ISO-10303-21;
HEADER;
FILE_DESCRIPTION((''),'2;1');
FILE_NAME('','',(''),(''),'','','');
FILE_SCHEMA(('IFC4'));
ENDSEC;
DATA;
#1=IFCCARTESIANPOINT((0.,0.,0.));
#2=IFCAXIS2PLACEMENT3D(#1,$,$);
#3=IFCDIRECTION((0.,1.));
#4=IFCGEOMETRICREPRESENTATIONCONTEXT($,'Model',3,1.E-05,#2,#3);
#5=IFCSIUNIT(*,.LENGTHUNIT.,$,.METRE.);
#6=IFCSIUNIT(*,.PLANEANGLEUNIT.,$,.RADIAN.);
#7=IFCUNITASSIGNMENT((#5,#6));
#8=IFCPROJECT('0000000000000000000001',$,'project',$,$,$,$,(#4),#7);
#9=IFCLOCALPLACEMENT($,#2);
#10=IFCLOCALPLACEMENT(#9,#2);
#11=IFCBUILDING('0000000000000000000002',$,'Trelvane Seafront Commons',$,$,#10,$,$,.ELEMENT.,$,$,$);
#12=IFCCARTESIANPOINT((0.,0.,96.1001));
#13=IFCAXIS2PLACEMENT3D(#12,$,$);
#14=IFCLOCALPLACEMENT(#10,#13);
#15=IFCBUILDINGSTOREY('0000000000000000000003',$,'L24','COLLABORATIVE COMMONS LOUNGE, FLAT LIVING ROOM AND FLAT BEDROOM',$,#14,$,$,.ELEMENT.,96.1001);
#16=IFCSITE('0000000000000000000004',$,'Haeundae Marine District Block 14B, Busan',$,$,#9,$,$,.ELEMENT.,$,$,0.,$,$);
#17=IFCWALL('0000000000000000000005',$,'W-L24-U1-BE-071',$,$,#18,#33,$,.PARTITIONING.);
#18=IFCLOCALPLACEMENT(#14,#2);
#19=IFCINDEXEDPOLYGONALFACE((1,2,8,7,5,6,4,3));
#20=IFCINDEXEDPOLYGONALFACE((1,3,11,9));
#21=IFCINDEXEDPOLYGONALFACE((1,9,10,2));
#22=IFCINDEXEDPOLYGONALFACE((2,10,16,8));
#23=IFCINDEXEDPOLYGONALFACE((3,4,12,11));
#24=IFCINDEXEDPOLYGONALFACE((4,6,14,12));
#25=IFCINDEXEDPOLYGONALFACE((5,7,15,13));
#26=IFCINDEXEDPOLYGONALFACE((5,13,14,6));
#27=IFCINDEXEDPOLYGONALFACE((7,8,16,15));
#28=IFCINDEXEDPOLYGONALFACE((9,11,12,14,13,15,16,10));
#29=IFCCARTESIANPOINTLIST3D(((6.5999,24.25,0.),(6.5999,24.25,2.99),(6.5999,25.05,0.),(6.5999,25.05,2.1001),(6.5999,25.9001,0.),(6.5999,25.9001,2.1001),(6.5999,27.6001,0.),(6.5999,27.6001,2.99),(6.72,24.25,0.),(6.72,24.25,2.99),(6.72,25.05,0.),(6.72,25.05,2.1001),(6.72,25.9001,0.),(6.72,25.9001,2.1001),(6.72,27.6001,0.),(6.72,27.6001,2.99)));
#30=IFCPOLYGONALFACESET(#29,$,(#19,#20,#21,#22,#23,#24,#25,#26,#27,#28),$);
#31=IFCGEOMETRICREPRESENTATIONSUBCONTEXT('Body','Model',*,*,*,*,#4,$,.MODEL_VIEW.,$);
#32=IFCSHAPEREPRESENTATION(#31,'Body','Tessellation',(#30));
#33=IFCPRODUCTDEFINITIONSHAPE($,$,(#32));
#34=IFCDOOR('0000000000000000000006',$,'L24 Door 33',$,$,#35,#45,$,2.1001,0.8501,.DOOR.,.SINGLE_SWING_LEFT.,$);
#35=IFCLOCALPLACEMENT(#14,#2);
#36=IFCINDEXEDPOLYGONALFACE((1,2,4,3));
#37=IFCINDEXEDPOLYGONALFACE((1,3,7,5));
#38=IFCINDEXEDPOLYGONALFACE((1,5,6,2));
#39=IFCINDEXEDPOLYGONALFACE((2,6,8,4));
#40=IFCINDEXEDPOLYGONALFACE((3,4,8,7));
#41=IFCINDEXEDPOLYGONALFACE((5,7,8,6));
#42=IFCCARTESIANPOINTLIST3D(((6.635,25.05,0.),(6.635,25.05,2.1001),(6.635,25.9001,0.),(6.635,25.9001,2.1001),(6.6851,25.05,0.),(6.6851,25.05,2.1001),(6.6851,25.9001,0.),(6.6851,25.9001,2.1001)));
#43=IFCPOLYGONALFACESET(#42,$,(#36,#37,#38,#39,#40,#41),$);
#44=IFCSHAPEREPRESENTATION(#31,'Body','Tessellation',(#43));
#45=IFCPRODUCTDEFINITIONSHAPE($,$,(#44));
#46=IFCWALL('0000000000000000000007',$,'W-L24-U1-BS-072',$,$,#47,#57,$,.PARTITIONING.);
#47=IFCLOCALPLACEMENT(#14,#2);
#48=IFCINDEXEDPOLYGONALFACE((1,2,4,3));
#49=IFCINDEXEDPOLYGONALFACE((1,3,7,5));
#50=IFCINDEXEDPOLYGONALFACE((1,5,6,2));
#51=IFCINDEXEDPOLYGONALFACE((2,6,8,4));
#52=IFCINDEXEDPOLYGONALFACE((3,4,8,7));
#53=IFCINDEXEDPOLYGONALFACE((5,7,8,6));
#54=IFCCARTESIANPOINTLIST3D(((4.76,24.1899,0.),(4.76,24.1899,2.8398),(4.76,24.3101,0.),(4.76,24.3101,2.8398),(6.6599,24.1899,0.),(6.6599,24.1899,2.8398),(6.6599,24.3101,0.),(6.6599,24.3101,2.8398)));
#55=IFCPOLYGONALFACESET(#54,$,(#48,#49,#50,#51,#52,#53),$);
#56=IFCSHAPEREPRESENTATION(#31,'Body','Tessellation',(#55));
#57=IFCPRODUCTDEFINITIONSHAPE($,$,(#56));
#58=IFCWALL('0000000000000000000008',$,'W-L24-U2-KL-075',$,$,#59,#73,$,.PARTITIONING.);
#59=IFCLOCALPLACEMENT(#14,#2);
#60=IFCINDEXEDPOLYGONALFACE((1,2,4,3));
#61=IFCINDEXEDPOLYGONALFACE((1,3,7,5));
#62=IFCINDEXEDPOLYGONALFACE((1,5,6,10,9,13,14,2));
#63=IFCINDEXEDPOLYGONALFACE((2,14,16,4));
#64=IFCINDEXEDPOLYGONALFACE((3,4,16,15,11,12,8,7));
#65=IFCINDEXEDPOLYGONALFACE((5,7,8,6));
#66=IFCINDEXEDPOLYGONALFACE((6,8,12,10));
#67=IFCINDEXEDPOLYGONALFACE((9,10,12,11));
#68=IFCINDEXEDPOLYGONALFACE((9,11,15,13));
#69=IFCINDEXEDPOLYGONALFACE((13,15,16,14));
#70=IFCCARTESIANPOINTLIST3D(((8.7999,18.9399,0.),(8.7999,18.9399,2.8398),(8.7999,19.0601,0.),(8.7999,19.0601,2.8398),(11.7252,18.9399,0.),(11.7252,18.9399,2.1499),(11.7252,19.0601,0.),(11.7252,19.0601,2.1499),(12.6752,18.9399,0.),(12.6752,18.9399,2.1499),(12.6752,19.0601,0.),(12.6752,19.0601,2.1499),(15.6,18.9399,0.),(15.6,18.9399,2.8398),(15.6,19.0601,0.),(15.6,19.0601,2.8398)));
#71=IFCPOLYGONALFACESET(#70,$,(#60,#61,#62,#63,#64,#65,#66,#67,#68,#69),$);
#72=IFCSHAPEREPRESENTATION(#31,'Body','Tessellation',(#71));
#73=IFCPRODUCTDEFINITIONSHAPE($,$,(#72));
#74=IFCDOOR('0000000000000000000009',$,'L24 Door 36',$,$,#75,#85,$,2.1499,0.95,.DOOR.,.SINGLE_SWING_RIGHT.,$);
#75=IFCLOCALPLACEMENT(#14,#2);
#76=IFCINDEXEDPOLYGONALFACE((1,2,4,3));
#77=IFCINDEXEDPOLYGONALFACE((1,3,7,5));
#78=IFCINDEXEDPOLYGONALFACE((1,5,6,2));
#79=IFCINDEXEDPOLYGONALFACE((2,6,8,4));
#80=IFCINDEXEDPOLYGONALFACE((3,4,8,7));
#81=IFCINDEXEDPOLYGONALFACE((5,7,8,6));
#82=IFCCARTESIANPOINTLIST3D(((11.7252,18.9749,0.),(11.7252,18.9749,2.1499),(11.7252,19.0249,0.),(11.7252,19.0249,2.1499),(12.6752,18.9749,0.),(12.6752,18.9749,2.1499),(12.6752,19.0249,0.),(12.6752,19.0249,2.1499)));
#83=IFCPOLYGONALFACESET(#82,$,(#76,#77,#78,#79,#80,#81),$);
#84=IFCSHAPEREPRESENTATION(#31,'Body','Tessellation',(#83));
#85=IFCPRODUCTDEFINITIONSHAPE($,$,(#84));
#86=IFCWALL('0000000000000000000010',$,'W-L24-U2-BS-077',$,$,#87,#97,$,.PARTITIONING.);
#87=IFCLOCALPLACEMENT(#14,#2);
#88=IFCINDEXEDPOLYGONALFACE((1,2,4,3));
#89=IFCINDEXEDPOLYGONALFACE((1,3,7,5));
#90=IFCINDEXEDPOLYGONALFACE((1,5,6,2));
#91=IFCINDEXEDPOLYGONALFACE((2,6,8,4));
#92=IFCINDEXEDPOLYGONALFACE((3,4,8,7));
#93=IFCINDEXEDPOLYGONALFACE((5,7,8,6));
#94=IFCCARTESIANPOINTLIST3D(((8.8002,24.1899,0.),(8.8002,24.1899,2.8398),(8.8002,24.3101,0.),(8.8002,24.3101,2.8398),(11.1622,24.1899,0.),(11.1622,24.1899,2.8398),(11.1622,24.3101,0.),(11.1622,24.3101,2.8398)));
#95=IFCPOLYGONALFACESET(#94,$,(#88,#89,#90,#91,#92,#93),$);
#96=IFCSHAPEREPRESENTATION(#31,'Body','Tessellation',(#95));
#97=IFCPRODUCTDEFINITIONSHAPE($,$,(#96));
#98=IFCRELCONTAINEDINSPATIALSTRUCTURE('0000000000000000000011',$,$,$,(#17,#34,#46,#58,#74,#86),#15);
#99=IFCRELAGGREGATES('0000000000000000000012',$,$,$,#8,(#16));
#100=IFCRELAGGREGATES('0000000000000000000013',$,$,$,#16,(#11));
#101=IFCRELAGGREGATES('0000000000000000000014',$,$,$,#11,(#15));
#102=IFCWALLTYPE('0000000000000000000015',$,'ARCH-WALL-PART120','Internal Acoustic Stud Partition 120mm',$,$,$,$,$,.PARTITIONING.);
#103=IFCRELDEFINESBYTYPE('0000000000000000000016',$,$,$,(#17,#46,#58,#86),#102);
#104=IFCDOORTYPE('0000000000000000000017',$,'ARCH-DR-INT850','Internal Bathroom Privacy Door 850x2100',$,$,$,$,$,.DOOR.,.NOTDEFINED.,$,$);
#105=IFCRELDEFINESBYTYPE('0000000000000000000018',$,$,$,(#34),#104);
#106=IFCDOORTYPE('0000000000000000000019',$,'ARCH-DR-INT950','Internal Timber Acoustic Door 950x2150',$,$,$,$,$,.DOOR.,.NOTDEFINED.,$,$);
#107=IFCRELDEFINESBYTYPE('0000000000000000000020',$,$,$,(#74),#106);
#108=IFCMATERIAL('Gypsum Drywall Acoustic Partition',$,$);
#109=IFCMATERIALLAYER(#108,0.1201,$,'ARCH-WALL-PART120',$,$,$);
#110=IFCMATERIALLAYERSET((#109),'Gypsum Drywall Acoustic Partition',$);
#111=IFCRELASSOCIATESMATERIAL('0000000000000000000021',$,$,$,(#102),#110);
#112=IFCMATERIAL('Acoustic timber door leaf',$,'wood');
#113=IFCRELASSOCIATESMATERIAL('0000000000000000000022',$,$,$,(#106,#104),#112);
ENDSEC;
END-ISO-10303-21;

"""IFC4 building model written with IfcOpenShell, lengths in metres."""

from ifc_helpers import new_model, si_unit, direction, frame, frame_2d, origin, place, context, subcontext, project, spatial, rectangle, extrude, source, transform, mapped, material, layer, layer_set, type_object, element, fill, save


model = new_model("IFC4")

# Units and contexts
model_context = context("Model", 3, precision=1e-05, world=origin(), true_north=direction((0.0, 1.0)))
body_context = subcontext(model_context, "Body", "Model", "MODEL_VIEW")
ifc_project = project(units=[si_unit("LENGTHUNIT", "METRE"), si_unit("PLANEANGLEUNIT", "RADIAN")], contexts=[model_context])

# Site, building, storey
site_placement = place(None, origin())
site = spatial("IfcSite", under=ifc_project, at=site_placement, Name="Haeundae Marine District Block 14B, Busan", CompositionType="ELEMENT", RefElevation=0.0)
building_placement = place(site_placement, origin())
building = spatial("IfcBuilding", under=site, at=building_placement, Name="Trelvane Seafront Commons", CompositionType="ELEMENT")
storey_placement = place(building_placement, frame((0.0, 0.0, 96.1001)))
storey = spatial("IfcBuildingStorey", under=building, at=storey_placement, Name="L24", Description="COLLABORATIVE COMMONS LOUNGE, FLAT LIVING ROOM AND FLAT BEDROOM", CompositionType="ELEMENT", Elevation=96.1001)

# Wall, opening, door
ifc_material_1 = material(Name="Gypsum Drywall Acoustic Partition")
ifc_layer = layer(ifc_material_1, 0.1201, Name="ARCH-WALL-PART120")
ifc_layer_set = layer_set([ifc_layer], Name="Gypsum Drywall Acoustic Partition")
wall_type = type_object("IfcWallType", Name="ARCH-WALL-PART120", Description="Internal Acoustic Stud Partition 120mm", PredefinedType="PARTITIONING", material=ifc_layer_set)
ifc_material_2 = material(Name="Acoustic timber door leaf", Category="wood")
door_type_1 = type_object("IfcDoorType", Name="ARCH-DR-INT950", Description="Internal Timber Acoustic Door 950x2150", OperationType="NOTDEFINED", PredefinedType="DOOR", material=ifc_material_2)
shared_shape_1 = source(origin(), body_context, "Body", "SweptSolid", [
    extrude(rectangle(XDim=0.95, YDim=2.1499, at=frame_2d((0.4751, 1.075))), frame((0.0, 0.0249, 0.0), z_axis=(0.0, -1.0, 0.0), x_axis=(1.0, 0.0, 0.0)), (0.0, 0.0, 1.0), 0.05),
])
wall_1_placement = place(storey_placement, frame((6.6599, 24.25, 0.0), z_axis=(0.0, 0.0, 1.0), x_axis=(0.0, 1.0, 0.0)))
wall_1 = element("IfcWall", 1, at=wall_1_placement, inside=storey, type_object=wall_type, Name="W-L24-U1-BE-071", PredefinedType="PARTITIONING", context=body_context, shape_type="SweptSolid", body=[
    extrude(rectangle(XDim=3.3501, YDim=0.1201, at=frame_2d((1.675, 0.0))), origin(), (0.0, 0.0, 1.0), 2.99),
])
opening_1_placement = place(wall_1_placement, frame((0.8, 0.0, 0.0)))
opening_1 = element("IfcOpeningElement", 2, at=opening_1_placement, cuts=wall_1, PredefinedType="OPENING", context=body_context, shape_type="SweptSolid", body=[
    extrude(rectangle(XDim=0.8501, YDim=2.1001, at=frame_2d((0.425, 1.05))), frame((0.0, 0.0701, 0.0), z_axis=(0.0, -1.0, 0.0), x_axis=(1.0, 0.0, 0.0)), (0.0, 0.0, 1.0), 0.1401),
])
door_type_2 = type_object("IfcDoorType", Name="ARCH-DR-INT850", Description="Internal Bathroom Privacy Door 850x2100", OperationType="NOTDEFINED", PredefinedType="DOOR", material=ifc_material_2)
shared_shape_2 = source(origin(), body_context, "Body", "SweptSolid", [
    extrude(rectangle(XDim=0.8501, YDim=2.1001, at=frame_2d((0.425, 1.05))), frame((0.0, 0.0249, 0.0), z_axis=(0.0, -1.0, 0.0), x_axis=(1.0, 0.0, 0.0)), (0.0, 0.0, 1.0), 0.05),
])
door_1_placement = place(opening_1_placement, origin())
door_1 = element("IfcDoor", 3, at=door_1_placement, inside=storey, type_object=door_type_2, Name="L24 Door 33", OperationType="SINGLE_SWING_LEFT", OverallHeight=2.1001, OverallWidth=0.8501, PredefinedType="DOOR", context=body_context, shape_type="MappedRepresentation", body=[
    mapped(shared_shape_2, transform((0.0, 0.0, 0.0), x_axis=(1.0, 0.0, 0.0), y_axis=(0.0, 1.0, 0.0), z_axis=(0.0, 0.0, 1.0), scale=1.0)),
])
fill(opening_1, door_1)

# Wall
wall_2_placement = place(storey_placement, frame((4.76, 24.25, 0.0), z_axis=(0.0, 0.0, 1.0), x_axis=(1.0, 0.0, 0.0)))
element("IfcWall", 4, at=wall_2_placement, inside=storey, type_object=wall_type, Name="W-L24-U1-BS-072", PredefinedType="PARTITIONING", context=body_context, shape_type="SweptSolid", body=[
    extrude(rectangle(XDim=1.8999, YDim=0.1201, at=frame_2d((0.95, 0.0))), origin(), (0.0, 0.0, 1.0), 2.8398),
])

# Wall, opening, door
wall_3_placement = place(storey_placement, frame((8.8, 19.0, 0.0), z_axis=(0.0, 0.0, 1.0), x_axis=(1.0, 0.0, 0.0)))
wall_3 = element("IfcWall", 5, at=wall_3_placement, inside=storey, type_object=wall_type, Name="W-L24-U2-KL-075", PredefinedType="PARTITIONING", context=body_context, shape_type="SweptSolid", body=[
    extrude(rectangle(XDim=6.8, YDim=0.1201, at=frame_2d((3.3999, 0.0))), origin(), (0.0, 0.0, 1.0), 2.8398),
])
opening_2_placement = place(wall_3_placement, frame((2.925, 0.0, 0.0)))
opening_2 = element("IfcOpeningElement", 6, at=opening_2_placement, cuts=wall_3, PredefinedType="OPENING", context=body_context, shape_type="SweptSolid", body=[
    extrude(rectangle(XDim=0.95, YDim=2.1499, at=frame_2d((0.4751, 1.075))), frame((0.0, 0.0701, 0.0), z_axis=(0.0, -1.0, 0.0), x_axis=(1.0, 0.0, 0.0)), (0.0, 0.0, 1.0), 0.1401),
])
door_2_placement = place(opening_2_placement, origin())
door_2 = element("IfcDoor", 7, at=door_2_placement, inside=storey, type_object=door_type_1, Name="L24 Door 36", OperationType="SINGLE_SWING_RIGHT", OverallHeight=2.1499, OverallWidth=0.95, PredefinedType="DOOR", context=body_context, shape_type="MappedRepresentation", body=[
    mapped(shared_shape_1, transform((0.0, 0.0, 0.0), x_axis=(1.0, 0.0, 0.0), y_axis=(0.0, 1.0, 0.0), z_axis=(0.0, 0.0, 1.0), scale=1.0)),
])
fill(opening_2, door_2)

# Wall
wall_4_placement = place(storey_placement, frame((8.8, 24.25, 0.0), z_axis=(0.0, 0.0, 1.0), x_axis=(1.0, 0.0, 0.0)))
element("IfcWall", 8, at=wall_4_placement, inside=storey, type_object=wall_type, Name="W-L24-U2-BS-077", PredefinedType="PARTITIONING", context=body_context, shape_type="SweptSolid", body=[
    extrude(rectangle(XDim=2.3621, YDim=0.1201, at=frame_2d((1.1812, 0.0))), origin(), (0.0, 0.0, 1.0), 2.8398),
])

save(model, "model.ifc")
